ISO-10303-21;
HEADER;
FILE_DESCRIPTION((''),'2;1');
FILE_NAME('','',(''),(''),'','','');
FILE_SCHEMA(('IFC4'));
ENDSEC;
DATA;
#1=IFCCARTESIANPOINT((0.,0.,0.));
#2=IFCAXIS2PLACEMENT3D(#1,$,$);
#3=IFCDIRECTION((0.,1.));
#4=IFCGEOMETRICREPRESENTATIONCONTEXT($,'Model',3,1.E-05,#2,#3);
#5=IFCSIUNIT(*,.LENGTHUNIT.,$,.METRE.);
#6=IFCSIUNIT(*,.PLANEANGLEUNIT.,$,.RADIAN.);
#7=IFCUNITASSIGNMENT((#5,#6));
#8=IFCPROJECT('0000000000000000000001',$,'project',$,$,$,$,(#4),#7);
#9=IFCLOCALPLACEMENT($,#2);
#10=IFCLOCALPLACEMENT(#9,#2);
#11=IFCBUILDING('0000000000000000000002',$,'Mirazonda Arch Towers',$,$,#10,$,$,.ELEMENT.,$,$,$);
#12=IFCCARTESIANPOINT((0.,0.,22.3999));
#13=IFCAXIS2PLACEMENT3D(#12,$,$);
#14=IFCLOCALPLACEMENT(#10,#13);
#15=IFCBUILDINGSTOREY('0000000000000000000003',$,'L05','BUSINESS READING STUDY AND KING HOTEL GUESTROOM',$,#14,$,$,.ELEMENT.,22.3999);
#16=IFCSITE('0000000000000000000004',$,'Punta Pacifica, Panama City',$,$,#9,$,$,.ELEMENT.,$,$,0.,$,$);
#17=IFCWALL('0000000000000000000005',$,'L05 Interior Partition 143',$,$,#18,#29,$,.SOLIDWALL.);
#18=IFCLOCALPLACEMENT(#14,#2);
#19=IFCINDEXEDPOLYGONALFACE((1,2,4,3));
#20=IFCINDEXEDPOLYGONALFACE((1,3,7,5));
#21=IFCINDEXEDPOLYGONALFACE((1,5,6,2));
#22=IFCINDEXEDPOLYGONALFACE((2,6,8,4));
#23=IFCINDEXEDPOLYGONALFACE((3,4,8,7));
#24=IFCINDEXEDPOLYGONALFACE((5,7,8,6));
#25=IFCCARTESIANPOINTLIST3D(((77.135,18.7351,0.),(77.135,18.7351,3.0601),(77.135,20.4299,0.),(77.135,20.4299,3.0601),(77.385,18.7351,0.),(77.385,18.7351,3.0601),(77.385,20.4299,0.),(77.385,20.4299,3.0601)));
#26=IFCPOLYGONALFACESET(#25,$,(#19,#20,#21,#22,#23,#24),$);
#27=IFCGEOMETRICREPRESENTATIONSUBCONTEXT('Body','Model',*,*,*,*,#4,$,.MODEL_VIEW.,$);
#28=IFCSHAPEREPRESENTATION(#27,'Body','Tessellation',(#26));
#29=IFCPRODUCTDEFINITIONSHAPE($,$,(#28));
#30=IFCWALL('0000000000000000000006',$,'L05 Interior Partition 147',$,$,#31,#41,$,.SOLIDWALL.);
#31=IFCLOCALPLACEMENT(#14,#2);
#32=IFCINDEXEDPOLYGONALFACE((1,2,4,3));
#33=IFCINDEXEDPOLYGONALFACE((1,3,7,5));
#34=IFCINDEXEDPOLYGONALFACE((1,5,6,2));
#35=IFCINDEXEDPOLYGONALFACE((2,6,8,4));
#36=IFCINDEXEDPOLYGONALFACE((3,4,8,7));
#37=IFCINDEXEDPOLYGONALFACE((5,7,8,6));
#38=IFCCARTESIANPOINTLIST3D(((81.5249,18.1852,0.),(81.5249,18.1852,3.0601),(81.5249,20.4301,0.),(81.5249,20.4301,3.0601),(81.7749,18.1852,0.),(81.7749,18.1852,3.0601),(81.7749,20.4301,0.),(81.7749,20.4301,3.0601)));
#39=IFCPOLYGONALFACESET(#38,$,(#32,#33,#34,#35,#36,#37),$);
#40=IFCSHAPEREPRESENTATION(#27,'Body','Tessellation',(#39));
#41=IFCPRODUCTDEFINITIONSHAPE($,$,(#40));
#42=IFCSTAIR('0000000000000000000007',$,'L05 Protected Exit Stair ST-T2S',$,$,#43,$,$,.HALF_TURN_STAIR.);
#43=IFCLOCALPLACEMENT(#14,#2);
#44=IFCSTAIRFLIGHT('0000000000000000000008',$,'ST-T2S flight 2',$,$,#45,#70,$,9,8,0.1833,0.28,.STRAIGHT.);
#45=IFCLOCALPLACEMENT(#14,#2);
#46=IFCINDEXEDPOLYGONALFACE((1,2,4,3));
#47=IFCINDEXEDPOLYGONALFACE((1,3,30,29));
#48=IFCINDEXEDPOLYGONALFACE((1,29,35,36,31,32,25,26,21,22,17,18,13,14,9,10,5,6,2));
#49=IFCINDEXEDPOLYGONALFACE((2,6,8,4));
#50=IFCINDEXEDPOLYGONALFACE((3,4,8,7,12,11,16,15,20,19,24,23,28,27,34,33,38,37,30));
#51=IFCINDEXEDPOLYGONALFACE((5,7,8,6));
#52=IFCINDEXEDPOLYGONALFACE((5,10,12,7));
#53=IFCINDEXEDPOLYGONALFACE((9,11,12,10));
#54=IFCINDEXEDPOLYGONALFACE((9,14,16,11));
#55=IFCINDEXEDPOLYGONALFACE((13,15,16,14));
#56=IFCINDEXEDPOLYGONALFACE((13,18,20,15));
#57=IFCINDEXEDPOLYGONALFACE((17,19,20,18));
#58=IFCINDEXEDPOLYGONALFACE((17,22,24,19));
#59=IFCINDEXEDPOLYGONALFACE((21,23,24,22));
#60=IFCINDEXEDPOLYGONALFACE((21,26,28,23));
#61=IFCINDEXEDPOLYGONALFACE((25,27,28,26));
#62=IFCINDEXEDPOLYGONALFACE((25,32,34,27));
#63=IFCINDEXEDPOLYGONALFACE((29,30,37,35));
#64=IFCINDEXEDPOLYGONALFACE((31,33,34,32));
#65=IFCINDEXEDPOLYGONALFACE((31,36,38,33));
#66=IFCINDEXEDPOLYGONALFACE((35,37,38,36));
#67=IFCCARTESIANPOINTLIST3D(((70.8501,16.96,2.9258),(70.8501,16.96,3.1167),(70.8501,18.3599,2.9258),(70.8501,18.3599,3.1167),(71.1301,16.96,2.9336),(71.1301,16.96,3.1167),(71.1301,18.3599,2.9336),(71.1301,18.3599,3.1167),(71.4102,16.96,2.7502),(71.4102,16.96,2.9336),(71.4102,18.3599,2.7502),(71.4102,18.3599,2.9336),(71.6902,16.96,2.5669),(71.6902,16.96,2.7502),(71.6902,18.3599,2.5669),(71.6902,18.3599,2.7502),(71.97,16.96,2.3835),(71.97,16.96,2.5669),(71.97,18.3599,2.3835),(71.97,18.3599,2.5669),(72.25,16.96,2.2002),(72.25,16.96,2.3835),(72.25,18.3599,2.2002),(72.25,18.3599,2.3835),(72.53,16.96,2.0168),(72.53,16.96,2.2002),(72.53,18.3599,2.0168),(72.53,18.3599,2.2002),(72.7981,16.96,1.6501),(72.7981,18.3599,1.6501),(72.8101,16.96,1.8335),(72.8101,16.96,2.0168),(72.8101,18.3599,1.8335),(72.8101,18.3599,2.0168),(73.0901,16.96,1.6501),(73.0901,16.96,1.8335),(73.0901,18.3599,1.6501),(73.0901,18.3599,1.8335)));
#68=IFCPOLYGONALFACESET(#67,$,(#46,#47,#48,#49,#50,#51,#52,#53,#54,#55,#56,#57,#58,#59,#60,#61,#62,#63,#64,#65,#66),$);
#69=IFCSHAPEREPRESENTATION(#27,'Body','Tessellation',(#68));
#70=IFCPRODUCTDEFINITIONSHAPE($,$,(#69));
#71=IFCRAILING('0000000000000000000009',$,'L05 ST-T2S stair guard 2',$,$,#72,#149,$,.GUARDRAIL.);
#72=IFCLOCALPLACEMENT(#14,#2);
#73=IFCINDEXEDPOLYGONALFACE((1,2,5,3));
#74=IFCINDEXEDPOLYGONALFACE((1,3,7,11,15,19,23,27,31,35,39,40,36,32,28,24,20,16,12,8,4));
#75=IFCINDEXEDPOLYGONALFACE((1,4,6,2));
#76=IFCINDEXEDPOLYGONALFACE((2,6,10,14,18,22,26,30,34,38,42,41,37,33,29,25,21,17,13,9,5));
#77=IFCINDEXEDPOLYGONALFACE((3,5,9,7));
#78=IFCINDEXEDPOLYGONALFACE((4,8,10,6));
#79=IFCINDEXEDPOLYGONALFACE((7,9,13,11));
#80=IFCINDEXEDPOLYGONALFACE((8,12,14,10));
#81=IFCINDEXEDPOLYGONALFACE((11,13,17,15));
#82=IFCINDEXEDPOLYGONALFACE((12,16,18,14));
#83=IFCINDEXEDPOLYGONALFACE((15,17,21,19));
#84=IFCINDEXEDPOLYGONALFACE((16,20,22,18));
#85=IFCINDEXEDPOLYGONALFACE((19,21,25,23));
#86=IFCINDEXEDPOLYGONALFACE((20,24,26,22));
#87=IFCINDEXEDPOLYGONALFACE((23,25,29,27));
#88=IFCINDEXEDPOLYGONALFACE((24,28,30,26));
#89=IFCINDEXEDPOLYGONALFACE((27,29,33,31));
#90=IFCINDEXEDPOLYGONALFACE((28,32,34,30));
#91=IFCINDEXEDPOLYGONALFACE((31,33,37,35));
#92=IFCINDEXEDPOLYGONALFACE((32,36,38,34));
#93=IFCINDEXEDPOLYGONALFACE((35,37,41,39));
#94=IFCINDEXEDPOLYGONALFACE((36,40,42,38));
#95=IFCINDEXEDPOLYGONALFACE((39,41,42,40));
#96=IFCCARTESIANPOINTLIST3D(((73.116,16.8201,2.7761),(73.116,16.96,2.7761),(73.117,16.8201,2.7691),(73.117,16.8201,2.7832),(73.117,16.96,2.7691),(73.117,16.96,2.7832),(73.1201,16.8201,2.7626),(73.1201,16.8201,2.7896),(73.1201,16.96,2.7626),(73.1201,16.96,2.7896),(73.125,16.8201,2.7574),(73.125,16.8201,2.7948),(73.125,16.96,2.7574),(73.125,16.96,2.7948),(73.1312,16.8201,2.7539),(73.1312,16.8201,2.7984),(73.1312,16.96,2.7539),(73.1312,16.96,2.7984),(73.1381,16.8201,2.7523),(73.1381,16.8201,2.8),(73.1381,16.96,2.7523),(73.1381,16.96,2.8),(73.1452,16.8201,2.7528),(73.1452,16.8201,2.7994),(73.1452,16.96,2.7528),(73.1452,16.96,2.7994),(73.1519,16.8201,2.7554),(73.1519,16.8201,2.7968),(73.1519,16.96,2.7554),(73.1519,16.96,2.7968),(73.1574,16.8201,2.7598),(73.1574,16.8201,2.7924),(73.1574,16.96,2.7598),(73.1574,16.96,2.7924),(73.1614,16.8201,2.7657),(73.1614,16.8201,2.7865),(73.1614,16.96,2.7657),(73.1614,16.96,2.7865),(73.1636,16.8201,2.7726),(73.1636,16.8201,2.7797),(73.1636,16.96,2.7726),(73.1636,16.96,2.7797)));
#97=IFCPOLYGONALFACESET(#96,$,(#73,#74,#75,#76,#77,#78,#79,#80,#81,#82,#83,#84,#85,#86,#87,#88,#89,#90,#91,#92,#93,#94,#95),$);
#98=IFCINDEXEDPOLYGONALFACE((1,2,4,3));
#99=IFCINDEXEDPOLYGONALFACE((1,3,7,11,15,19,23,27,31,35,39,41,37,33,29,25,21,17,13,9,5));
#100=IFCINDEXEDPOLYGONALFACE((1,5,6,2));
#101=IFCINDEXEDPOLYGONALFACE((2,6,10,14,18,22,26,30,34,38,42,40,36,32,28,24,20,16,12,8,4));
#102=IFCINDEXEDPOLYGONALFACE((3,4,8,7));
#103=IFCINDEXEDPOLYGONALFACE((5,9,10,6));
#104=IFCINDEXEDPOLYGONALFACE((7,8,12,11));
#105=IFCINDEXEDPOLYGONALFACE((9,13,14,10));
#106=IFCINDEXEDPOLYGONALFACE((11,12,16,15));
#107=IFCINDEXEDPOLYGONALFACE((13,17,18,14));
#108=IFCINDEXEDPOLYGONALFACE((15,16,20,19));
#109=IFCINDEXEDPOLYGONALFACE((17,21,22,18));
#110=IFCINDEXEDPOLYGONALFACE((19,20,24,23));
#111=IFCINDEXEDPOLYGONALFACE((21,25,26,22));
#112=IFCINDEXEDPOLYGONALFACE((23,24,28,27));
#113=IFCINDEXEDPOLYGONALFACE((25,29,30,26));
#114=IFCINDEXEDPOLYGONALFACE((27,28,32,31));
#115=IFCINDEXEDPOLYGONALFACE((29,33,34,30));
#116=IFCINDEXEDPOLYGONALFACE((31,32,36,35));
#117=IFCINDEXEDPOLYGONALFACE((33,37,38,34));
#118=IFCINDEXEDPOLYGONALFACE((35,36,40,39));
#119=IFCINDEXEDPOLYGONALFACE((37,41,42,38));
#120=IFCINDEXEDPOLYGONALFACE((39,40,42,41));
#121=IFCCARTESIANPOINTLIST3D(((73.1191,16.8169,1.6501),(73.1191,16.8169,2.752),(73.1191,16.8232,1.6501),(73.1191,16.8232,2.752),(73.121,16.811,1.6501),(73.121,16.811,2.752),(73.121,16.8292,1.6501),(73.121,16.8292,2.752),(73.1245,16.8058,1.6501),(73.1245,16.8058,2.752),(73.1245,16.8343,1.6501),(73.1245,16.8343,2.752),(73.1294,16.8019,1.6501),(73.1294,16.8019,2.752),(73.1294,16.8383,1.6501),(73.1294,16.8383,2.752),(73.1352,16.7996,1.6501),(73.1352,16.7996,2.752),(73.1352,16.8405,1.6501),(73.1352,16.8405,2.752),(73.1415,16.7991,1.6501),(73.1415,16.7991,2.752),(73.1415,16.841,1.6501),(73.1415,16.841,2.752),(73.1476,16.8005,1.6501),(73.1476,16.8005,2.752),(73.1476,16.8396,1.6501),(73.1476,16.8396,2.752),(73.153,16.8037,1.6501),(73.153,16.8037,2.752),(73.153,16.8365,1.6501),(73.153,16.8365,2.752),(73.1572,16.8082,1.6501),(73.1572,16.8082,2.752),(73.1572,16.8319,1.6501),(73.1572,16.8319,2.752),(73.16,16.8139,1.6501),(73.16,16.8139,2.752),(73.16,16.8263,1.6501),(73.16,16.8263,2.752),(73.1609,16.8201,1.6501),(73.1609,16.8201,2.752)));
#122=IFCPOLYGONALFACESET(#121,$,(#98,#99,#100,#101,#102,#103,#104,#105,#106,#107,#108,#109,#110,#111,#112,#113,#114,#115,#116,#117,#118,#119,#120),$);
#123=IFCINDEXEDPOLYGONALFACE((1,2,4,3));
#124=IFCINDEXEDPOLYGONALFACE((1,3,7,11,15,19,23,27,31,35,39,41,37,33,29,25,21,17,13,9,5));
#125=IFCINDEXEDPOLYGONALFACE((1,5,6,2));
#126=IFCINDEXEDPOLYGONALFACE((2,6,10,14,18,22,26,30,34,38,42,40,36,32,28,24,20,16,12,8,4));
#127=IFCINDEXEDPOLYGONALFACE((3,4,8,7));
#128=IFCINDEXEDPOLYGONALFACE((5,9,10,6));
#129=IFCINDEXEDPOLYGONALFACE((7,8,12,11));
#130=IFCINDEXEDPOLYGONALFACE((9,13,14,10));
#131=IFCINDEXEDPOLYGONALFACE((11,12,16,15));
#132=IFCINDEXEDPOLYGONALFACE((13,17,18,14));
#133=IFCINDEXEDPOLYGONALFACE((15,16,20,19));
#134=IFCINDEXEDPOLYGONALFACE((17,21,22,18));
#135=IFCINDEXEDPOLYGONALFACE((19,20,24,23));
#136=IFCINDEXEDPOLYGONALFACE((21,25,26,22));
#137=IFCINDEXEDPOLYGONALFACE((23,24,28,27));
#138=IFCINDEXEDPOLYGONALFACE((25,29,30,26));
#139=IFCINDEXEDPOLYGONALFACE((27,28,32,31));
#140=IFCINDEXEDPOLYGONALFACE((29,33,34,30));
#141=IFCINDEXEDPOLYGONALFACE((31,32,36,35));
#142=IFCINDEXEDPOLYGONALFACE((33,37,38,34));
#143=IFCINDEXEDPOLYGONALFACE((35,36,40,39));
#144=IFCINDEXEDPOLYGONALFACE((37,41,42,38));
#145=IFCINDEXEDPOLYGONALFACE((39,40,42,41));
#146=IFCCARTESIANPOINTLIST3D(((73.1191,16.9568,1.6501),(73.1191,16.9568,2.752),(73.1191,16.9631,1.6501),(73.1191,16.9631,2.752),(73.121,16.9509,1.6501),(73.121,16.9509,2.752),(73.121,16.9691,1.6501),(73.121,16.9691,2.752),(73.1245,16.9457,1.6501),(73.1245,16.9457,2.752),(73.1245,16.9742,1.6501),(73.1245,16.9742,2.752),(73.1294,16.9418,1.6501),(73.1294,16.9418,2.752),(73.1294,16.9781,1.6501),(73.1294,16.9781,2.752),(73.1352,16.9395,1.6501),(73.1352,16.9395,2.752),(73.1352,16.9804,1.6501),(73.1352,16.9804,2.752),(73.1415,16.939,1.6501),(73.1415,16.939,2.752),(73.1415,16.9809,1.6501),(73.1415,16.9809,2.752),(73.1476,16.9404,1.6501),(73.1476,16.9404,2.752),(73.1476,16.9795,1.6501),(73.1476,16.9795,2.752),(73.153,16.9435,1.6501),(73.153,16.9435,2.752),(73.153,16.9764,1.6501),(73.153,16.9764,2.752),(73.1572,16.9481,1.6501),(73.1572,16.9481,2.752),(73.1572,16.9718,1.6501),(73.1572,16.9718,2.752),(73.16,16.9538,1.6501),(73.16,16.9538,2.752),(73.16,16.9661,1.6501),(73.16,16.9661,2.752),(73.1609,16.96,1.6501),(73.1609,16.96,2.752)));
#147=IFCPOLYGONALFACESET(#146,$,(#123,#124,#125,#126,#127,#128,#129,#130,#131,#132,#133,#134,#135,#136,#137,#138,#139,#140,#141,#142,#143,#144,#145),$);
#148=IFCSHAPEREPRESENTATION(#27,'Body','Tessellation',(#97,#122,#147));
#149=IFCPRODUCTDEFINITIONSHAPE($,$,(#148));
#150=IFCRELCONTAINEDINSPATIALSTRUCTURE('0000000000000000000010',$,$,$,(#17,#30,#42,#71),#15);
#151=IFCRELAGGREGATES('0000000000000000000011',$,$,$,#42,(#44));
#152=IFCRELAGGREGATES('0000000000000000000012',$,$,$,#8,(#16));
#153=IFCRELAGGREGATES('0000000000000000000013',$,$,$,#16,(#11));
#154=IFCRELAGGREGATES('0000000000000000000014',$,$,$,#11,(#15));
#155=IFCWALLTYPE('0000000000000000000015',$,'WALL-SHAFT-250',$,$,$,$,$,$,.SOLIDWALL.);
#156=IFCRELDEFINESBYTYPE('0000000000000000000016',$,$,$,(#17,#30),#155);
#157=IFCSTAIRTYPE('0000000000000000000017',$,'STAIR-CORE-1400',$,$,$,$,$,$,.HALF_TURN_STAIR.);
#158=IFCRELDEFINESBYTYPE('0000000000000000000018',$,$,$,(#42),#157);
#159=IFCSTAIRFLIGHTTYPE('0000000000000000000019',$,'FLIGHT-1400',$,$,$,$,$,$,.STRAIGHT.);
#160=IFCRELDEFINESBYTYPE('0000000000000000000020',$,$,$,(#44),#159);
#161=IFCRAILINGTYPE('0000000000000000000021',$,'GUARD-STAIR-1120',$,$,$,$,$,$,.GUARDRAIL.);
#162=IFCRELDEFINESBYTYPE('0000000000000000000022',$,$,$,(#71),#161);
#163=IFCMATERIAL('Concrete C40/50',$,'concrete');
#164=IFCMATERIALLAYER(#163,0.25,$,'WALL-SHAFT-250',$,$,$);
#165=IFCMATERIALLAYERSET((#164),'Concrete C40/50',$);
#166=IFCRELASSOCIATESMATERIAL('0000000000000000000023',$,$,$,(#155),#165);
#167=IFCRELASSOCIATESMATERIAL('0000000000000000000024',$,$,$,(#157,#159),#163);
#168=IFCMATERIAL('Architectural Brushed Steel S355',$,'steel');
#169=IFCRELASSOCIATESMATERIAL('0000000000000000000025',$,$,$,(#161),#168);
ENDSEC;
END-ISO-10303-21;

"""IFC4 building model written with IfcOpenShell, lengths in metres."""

from ifc_helpers import new_model, si_unit, direction, frame, frame_2d, origin, origin_2d, place, context, subcontext, project, spatial, polyline, rectangle, circle, outline, extrude, material, layer, layer_set, type_object, element, aggregate, save


model = new_model("IFC4")

# Units and contexts
model_context = context("Model", 3, precision=1e-05, world=origin(), true_north=direction((0.0, 1.0)))
body_context = subcontext(model_context, "Body", "Model", "MODEL_VIEW")
ifc_project = project(units=[si_unit("LENGTHUNIT", "METRE"), si_unit("PLANEANGLEUNIT", "RADIAN")], contexts=[model_context])

# Site, building, storey
site_placement = place(None, origin())
site = spatial("IfcSite", under=ifc_project, at=site_placement, Name="Punta Pacifica, Panama City", CompositionType="ELEMENT", RefElevation=0.0)
building_placement = place(site_placement, origin())
building = spatial("IfcBuilding", under=site, at=building_placement, Name="Mirazonda Arch Towers", CompositionType="ELEMENT")
storey_placement = place(building_placement, frame((0.0, 0.0, 22.3999)))
storey = spatial("IfcBuildingStorey", under=building, at=storey_placement, Name="L05", Description="BUSINESS READING STUDY AND KING HOTEL GUESTROOM", CompositionType="ELEMENT", Elevation=22.3999)

# Shared definitions
ifc_material_1 = material(Name="Architectural Brushed Steel S355", Category="steel")

# Walls
ifc_material_2 = material(Name="Concrete C40/50", Category="concrete")
ifc_layer_1 = layer(ifc_material_2, 0.25, Name="WALL-SHAFT-250")
ifc_layer_set_1 = layer_set([ifc_layer_1], Name="Concrete C40/50")
wall_type_1 = type_object("IfcWallType", Name="WALL-SHAFT-250", PredefinedType="SOLIDWALL", material=ifc_layer_set_1)
wall_1_placement = place(storey_placement, frame((77.26, 18.7351, 0.0), z_axis=(0.0, 0.0, 1.0), x_axis=(0.0, 1.0, 0.0)))
element("IfcWall", 1, at=wall_1_placement, inside=storey, type_object=wall_type_1, Name="L05 Interior Partition 143", PredefinedType="SOLIDWALL", context=body_context, shape_type="SweptSolid", body=[
    extrude(rectangle(XDim=1.6948, YDim=0.25, at=frame_2d((0.8474, 0.0))), origin(), (0.0, 0.0, 1.0), 3.0601),
])
wall_2_placement = place(storey_placement, frame((81.6499, 18.1851, 0.0), z_axis=(0.0, 0.0, 1.0), x_axis=(0.0, 1.0, 0.0)))
element("IfcWall", 2, at=wall_2_placement, inside=storey, type_object=wall_type_1, Name="L05 Interior Partition 147", PredefinedType="SOLIDWALL", context=body_context, shape_type="SweptSolid", body=[
    extrude(rectangle(XDim=2.2449, YDim=0.25, at=frame_2d((1.1226, 0.0))), origin(), (0.0, 0.0, 1.0), 3.0601),
])

# Stair, stair flight
stair_type = type_object("IfcStairType", Name="STAIR-CORE-1400", PredefinedType="HALF_TURN_STAIR", material=ifc_material_2)
stair_placement = place(storey_placement, origin())
stair = element("IfcStair", 3, at=stair_placement, inside=storey, type_object=stair_type, Name="L05 Protected Exit Stair ST-T2S", PredefinedType="HALF_TURN_STAIR")
stair_flight_type = type_object("IfcStairFlightType", Name="FLIGHT-1400", PredefinedType="STRAIGHT", material=ifc_material_2)
stair_flight_placement = place(storey_placement, frame((73.0901, 17.6599, 1.6501), z_axis=(0.0, 0.0, 1.0), x_axis=(-1.0, 0.0, 0.0)))
stair_flight = element("IfcStairFlight", 4, at=stair_flight_placement, type_object=stair_flight_type, Name="ST-T2S flight 2", NumberOfRisers=9, NumberOfTreads=8, PredefinedType="STRAIGHT", RiserHeight=0.1833, TreadLength=0.28, context=body_context, shape_type="SweptSolid", body=[
    extrude(outline(polyline([(0.0, 0.0), (0.0, 0.1833), (0.28, 0.1833), (0.28, 0.3667), (0.5601, 0.3667), (0.5601, 0.55), (0.8401, 0.55), (0.8401, 0.7334), (1.1201, 0.7334), (1.1201, 0.9167), (1.3999, 0.9167), (1.3999, 1.1001), (1.6799, 1.1001), (1.6799, 1.2834), (1.96, 1.2834), (1.96, 1.4666), (2.24, 1.4666), (2.24, 1.6499), (2.24, 1.2756), (0.292, 0.0), (0.0, 0.0)])), frame((0.0, 0.7, 0.0), z_axis=(0.0, -1.0, 0.0), x_axis=(1.0, 0.0, 0.0)), (0.0, 0.0, 1.0), 1.3999),
])
aggregate(stair, [stair_flight])

# Railing
railing_type_1 = type_object("IfcRailingType", Name="GUARD-STAIR-1120", PredefinedType="GUARDRAIL", material=ifc_material_1)
railing_1_placement = place(storey_placement, frame((73.1399, 16.8201, 1.6501)))
element("IfcRailing", 5, at=railing_1_placement, inside=storey, type_object=railing_type_1, Name="L05 ST-T2S stair guard 2", PredefinedType="GUARDRAIL", context=body_context, shape_type="SweptSolid", body=[
    extrude(circle(Radius=0.0239, at=origin_2d()), frame((0.0, 0.0, 1.126), z_axis=(0.0, 1.0, 0.0), x_axis=(-1.0, 0.0, 0.0)), (0.0, 0.0, 1.0), 0.1399),
    extrude(circle(Radius=0.021, at=origin_2d()), origin(), (0.0, 0.0, 1.0), 1.1018),
    extrude(circle(Radius=0.021, at=origin_2d()), frame((0.0, 0.1399, 0.0)), (0.0, 0.0, 1.0), 1.1018),
])

save(model, "model.ifc")
